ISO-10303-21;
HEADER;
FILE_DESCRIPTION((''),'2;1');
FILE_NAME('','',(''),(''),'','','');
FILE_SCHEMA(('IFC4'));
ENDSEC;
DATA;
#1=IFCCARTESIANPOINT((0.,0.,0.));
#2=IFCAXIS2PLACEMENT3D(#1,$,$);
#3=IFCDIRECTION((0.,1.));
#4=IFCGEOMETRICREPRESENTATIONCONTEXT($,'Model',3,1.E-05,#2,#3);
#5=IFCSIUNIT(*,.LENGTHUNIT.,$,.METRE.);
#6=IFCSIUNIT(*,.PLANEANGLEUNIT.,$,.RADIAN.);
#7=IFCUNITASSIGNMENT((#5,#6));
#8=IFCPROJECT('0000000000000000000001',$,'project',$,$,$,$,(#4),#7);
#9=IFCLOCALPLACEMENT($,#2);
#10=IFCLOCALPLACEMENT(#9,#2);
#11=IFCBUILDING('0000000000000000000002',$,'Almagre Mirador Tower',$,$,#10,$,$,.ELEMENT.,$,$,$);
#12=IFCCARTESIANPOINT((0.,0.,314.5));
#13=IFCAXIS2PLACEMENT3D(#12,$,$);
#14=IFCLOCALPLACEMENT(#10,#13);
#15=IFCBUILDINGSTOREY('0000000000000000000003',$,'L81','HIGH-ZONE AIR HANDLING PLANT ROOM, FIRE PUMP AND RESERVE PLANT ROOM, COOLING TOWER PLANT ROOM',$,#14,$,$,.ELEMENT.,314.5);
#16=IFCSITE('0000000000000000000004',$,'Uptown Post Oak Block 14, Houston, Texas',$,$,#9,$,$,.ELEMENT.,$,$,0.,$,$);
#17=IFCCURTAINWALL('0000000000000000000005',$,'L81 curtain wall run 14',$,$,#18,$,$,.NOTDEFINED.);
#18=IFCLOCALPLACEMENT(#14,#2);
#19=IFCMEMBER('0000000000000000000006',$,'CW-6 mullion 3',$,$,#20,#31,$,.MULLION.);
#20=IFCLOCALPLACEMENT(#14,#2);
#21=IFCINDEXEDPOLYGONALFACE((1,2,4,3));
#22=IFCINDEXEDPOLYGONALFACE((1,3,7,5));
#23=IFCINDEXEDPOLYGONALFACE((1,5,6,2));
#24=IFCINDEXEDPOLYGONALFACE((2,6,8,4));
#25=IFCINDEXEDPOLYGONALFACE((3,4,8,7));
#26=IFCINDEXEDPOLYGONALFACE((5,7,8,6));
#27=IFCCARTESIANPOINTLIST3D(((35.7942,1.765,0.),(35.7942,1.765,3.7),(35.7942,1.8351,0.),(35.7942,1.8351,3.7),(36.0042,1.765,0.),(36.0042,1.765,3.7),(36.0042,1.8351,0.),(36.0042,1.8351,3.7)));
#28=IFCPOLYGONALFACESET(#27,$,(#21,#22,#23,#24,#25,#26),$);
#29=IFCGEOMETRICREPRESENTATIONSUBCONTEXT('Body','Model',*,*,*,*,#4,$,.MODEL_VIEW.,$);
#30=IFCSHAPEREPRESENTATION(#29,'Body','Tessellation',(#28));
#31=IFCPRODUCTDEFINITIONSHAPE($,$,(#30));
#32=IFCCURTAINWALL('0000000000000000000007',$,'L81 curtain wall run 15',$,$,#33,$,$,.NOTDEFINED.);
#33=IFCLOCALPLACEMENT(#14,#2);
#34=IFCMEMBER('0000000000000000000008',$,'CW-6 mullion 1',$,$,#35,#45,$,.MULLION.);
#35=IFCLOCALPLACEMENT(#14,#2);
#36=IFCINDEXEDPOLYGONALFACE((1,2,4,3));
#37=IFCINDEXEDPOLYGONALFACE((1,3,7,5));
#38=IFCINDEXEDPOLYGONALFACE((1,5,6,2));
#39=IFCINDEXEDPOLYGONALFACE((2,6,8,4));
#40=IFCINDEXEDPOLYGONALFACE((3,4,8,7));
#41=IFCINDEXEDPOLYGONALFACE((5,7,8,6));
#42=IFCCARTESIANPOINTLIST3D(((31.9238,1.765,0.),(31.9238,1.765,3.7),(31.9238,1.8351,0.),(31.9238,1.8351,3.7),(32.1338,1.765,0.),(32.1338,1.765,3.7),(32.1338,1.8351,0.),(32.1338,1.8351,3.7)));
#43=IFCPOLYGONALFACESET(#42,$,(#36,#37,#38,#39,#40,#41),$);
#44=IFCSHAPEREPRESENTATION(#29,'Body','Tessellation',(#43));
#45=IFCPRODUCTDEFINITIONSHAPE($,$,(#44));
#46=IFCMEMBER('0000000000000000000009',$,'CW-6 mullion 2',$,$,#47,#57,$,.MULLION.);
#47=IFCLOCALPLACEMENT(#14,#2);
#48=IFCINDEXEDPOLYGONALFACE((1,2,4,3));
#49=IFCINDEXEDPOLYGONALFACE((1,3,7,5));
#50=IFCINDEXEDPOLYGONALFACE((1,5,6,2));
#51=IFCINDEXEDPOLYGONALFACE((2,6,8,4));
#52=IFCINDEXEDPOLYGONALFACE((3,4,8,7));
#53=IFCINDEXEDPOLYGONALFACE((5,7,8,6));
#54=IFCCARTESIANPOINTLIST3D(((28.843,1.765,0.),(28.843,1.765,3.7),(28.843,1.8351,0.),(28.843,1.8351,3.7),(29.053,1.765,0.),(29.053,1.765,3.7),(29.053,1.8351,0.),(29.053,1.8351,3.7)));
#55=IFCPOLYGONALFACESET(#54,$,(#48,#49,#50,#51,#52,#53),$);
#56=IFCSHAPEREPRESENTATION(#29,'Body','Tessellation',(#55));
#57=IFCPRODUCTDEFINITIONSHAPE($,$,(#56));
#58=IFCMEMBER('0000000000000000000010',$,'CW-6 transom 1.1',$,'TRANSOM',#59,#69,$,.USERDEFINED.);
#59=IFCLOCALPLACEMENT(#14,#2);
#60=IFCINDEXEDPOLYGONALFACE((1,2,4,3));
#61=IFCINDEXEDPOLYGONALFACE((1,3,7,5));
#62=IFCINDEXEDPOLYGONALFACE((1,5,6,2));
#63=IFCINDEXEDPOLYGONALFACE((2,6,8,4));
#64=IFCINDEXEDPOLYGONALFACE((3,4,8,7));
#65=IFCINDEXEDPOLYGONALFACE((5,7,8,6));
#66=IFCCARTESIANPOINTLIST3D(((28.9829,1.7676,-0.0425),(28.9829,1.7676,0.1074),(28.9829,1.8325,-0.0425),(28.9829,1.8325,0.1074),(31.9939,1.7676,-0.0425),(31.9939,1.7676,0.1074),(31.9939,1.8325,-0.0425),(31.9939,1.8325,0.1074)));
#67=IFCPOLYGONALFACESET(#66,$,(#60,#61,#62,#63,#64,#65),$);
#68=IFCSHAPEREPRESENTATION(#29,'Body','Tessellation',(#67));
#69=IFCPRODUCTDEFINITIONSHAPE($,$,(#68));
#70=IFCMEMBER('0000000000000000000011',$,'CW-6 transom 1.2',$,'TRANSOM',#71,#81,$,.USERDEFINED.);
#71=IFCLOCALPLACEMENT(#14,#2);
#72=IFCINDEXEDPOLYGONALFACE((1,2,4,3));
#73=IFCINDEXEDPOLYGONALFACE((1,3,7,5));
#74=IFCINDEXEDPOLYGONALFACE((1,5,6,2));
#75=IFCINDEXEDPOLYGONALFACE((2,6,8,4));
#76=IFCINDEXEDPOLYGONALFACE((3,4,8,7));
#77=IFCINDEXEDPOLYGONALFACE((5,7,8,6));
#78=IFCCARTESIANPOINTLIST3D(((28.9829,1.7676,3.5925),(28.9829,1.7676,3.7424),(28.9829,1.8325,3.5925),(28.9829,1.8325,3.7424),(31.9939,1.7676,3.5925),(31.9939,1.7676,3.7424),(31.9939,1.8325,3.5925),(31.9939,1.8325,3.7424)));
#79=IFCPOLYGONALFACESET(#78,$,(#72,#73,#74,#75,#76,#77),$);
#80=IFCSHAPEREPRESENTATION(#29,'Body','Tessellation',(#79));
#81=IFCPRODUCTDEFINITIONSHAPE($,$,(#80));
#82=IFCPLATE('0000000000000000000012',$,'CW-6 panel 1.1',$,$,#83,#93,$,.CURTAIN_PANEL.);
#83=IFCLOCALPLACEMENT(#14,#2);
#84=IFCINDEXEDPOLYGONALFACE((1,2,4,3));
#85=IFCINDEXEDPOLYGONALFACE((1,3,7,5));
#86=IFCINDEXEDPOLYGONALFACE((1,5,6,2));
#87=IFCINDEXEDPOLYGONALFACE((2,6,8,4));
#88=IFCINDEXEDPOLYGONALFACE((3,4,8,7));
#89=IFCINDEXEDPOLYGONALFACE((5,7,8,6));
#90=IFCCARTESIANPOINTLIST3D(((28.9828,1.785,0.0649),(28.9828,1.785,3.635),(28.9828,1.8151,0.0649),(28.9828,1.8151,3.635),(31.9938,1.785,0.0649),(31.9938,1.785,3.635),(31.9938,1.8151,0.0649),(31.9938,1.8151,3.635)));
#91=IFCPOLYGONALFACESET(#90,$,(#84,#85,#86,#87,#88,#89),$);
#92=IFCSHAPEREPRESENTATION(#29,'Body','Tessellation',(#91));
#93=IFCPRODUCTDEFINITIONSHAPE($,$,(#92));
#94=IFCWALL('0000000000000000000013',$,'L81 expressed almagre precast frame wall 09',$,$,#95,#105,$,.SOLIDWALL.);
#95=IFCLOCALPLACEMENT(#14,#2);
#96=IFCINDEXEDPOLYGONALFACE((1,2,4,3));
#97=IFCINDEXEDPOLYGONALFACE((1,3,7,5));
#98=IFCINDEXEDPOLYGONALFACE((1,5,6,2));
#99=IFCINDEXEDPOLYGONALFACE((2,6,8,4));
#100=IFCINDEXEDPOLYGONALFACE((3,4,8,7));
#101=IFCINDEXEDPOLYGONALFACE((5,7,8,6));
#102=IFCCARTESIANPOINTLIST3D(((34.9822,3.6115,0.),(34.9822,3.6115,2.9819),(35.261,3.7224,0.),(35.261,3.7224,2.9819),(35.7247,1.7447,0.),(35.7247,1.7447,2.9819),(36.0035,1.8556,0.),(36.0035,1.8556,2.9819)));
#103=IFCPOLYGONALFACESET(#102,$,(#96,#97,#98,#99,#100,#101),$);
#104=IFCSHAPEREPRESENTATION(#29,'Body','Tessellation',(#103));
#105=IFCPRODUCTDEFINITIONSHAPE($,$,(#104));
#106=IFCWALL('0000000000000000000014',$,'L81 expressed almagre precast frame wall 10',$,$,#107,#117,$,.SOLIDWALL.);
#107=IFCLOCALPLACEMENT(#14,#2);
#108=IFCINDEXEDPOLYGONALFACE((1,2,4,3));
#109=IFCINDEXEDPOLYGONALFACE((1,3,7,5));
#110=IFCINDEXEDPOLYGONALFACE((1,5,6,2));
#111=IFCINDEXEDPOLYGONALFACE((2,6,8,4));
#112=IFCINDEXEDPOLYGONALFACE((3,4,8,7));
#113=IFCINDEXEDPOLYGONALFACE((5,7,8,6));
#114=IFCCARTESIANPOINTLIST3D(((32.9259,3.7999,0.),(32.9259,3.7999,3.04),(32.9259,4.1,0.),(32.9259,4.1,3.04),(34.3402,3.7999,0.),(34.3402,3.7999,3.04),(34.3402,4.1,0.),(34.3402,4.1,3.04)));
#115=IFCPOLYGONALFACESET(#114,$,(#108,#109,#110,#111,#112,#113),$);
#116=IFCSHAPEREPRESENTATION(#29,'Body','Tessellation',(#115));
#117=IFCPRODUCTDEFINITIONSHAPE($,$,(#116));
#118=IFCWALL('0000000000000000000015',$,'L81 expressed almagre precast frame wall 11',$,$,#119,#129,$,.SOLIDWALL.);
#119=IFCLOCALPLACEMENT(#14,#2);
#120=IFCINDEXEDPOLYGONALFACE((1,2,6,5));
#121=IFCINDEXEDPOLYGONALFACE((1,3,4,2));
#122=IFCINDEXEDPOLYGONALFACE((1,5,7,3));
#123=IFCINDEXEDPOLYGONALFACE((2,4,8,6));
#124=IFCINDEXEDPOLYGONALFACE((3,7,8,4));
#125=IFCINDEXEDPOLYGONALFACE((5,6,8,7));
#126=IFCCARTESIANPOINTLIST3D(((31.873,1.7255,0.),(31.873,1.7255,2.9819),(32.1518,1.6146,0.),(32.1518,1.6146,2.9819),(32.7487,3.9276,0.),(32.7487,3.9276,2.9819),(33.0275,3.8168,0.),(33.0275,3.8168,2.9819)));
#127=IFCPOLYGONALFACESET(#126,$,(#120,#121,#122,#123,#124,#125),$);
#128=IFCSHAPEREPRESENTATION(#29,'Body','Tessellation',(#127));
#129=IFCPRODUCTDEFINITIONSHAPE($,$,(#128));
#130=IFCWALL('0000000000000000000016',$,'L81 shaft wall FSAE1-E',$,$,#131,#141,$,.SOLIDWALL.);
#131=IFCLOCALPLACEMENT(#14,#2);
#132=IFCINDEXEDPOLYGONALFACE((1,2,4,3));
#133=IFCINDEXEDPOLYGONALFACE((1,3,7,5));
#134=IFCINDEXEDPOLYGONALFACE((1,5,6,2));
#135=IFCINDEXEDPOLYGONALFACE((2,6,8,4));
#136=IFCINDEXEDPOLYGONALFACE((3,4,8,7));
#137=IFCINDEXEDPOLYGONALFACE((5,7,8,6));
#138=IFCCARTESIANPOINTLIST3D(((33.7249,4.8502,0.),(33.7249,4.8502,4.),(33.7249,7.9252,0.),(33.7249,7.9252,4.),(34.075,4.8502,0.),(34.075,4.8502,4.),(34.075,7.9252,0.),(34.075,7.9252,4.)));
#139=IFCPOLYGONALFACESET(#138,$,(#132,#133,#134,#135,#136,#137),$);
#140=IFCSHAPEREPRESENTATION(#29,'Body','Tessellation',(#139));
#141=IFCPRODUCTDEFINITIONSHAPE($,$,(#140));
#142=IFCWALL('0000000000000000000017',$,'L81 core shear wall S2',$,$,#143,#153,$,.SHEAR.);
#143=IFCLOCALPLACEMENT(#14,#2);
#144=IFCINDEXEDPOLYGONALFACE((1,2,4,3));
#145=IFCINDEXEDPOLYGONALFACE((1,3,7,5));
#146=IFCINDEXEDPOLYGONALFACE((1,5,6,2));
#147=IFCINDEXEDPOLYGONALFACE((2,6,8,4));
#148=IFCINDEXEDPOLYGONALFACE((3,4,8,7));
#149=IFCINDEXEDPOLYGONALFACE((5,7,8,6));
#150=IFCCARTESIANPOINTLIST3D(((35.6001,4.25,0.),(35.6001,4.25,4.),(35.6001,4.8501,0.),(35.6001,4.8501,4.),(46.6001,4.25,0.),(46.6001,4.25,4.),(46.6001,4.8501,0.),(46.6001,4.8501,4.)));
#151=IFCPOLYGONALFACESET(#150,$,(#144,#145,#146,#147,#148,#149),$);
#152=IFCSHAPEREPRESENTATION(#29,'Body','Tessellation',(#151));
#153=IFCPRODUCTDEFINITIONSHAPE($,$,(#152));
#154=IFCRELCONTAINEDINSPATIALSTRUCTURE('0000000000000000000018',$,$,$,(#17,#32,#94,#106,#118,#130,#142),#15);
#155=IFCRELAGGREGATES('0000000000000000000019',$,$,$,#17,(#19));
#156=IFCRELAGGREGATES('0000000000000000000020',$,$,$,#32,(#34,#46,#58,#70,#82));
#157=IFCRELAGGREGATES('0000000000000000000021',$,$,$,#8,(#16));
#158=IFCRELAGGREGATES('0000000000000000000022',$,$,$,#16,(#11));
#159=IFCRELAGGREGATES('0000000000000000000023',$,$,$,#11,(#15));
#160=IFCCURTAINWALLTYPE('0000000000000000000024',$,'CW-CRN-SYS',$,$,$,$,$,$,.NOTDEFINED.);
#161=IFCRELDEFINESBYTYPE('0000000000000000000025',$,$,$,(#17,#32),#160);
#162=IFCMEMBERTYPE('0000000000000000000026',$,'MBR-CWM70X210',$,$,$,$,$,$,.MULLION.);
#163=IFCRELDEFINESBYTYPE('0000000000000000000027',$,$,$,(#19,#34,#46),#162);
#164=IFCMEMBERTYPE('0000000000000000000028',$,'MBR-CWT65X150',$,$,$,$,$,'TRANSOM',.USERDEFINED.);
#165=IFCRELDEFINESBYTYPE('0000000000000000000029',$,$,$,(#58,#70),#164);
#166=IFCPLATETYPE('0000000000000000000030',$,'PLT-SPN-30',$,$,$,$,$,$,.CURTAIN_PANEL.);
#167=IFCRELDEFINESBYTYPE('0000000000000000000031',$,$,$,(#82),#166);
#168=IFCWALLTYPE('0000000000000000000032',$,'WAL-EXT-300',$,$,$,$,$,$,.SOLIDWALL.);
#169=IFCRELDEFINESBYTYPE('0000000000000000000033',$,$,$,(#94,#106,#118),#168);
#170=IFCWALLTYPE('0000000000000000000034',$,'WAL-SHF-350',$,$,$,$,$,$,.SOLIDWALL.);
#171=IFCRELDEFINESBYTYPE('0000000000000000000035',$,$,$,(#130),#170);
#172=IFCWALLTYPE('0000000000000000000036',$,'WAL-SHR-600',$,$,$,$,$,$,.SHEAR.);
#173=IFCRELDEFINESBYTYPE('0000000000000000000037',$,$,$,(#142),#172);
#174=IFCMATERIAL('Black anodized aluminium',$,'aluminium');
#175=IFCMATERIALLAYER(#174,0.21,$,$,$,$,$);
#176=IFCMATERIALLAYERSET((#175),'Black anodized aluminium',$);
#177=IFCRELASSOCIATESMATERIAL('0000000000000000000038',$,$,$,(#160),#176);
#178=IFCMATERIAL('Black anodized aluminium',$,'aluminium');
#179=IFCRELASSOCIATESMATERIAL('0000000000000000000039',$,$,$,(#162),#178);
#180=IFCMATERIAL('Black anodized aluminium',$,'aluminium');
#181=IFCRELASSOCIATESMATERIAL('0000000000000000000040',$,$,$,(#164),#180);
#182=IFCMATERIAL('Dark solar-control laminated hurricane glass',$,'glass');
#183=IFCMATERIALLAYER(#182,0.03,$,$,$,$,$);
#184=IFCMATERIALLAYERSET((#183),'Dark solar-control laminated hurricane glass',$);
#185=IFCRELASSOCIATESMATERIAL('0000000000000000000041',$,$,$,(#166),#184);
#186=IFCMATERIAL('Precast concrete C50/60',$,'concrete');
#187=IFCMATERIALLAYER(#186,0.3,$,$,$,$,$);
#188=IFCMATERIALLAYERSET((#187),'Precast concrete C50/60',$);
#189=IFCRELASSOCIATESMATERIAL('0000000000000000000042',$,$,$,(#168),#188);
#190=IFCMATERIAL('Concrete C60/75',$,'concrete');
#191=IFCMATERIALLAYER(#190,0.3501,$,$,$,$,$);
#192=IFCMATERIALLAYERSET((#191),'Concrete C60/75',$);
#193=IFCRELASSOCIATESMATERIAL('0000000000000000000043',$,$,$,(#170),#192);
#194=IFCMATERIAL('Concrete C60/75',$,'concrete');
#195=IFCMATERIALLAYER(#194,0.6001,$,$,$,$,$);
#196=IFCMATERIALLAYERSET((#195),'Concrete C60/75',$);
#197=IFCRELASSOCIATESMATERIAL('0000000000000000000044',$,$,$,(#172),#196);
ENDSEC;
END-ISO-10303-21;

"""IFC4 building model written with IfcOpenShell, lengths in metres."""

from ifc_helpers import new_model, si_unit, direction, frame, frame_2d, origin, origin_2d, place, context, subcontext, project, spatial, rectangle, extrude, material, layer, layer_set, material_profile, profile_set, type_object, element, aggregate, save


model = new_model("IFC4")

# Units and contexts
model_context = context("Model", 3, precision=1e-05, world=origin(), true_north=direction((0.0, 1.0)))
body_context = subcontext(model_context, "Body", "Model", "MODEL_VIEW")
ifc_project = project(units=[si_unit("LENGTHUNIT", "METRE"), si_unit("PLANEANGLEUNIT", "RADIAN")], contexts=[model_context])

# Site, building, storey
site_placement = place(None, origin())
site = spatial("IfcSite", under=ifc_project, at=site_placement, Name="Uptown Post Oak Block 14, Houston, Texas", CompositionType="ELEMENT", RefElevation=0.0)
building_placement = place(site_placement, origin())
building = spatial("IfcBuilding", under=site, at=building_placement, Name="Almagre Mirador Tower", CompositionType="ELEMENT")
storey_placement = place(building_placement, frame((0.0, 0.0, 314.5)))
storey = spatial("IfcBuildingStorey", under=building, at=storey_placement, Name="L81", Description="HIGH-ZONE AIR HANDLING PLANT ROOM, FIRE PUMP AND RESERVE PLANT ROOM, COOLING TOWER PLANT ROOM", CompositionType="ELEMENT", Elevation=314.5)

# Curtain wall, member
ifc_material_1 = material(Name="Black anodized aluminium", Category="aluminium")
ifc_layer_1 = layer(ifc_material_1, 0.21)
ifc_layer_set_1 = layer_set([ifc_layer_1], Name="Black anodized aluminium")
curtain_wall_type = type_object("IfcCurtainWallType", Name="CW-CRN-SYS", PredefinedType="NOTDEFINED", material=ifc_layer_set_1)
curtain_wall_1_placement = place(storey_placement, origin())
curtain_wall_1 = element("IfcCurtainWall", 1, at=curtain_wall_1_placement, inside=storey, type_object=curtain_wall_type, Name="L81 curtain wall run 14", PredefinedType="NOTDEFINED")
ifc_material_2 = material(Name="Black anodized aluminium", Category="aluminium")
ifc_material_profile_1 = material_profile(ifc_material_2, rectangle(XDim=0.0701, YDim=0.21, at=origin_2d()), Name="CWM70X210")
ifc_profile_set_1 = profile_set([ifc_material_profile_1], Name="Black anodized aluminium")
member_type_1 = type_object("IfcMemberType", Name="MBR-CWM70X210", PredefinedType="MULLION", material=ifc_profile_set_1)
member_1_placement = place(storey_placement, frame((35.8992, 1.8, 0.0), z_axis=(0.0, 0.0, 1.0), x_axis=(0.0, -1.0, 0.0)))
member_1 = element("IfcMember", 2, at=member_1_placement, type_object=member_type_1, Name="CW-6 mullion 3", PredefinedType="MULLION", context=body_context, shape_type="SweptSolid", body=[
    extrude(rectangle(XDim=0.0701, YDim=0.21, at=origin_2d()), origin(), (0.0, 0.0, 1.0), 3.7),
])
aggregate(curtain_wall_1, [member_1])

# Curtain wall, members, plate
curtain_wall_2_placement = place(storey_placement, origin())
curtain_wall_2 = element("IfcCurtainWall", 3, at=curtain_wall_2_placement, inside=storey, type_object=curtain_wall_type, Name="L81 curtain wall run 15", PredefinedType="NOTDEFINED")
member_2_placement = place(storey_placement, frame((32.0288, 1.8, 0.0), z_axis=(0.0, 0.0, 1.0), x_axis=(0.0, -1.0, 0.0)))
member_2 = element("IfcMember", 4, at=member_2_placement, type_object=member_type_1, Name="CW-6 mullion 1", PredefinedType="MULLION", context=body_context, shape_type="SweptSolid", body=[
    extrude(rectangle(XDim=0.0701, YDim=0.21, at=origin_2d()), origin(), (0.0, 0.0, 1.0), 3.7),
])
member_3_placement = place(storey_placement, frame((28.948, 1.8, 0.0), z_axis=(0.0, 0.0, 1.0), x_axis=(0.0, -1.0, 0.0)))
member_3 = element("IfcMember", 5, at=member_3_placement, type_object=member_type_1, Name="CW-6 mullion 2", PredefinedType="MULLION", context=body_context, shape_type="SweptSolid", body=[
    extrude(rectangle(XDim=0.0701, YDim=0.21, at=origin_2d()), origin(), (0.0, 0.0, 1.0), 3.7),
])
ifc_material_3 = material(Name="Black anodized aluminium", Category="aluminium")
ifc_material_profile_2 = material_profile(ifc_material_3, rectangle(XDim=0.0649, YDim=0.1499, at=origin_2d()), Name="CWT65X150")
ifc_profile_set_2 = profile_set([ifc_material_profile_2], Name="Black anodized aluminium")
member_type_2 = type_object("IfcMemberType", Name="MBR-CWT65X150", ElementType="TRANSOM", PredefinedType="USERDEFINED", material=ifc_profile_set_2)
member_4_placement = place(storey_placement, frame((31.9939, 1.8, 0.0325), z_axis=(-1.0, 0.0, 0.0), x_axis=(0.0, -1.0, 0.0)))
member_4 = element("IfcMember", 6, at=member_4_placement, type_object=member_type_2, Name="CW-6 transom 1.1", ObjectType="TRANSOM", PredefinedType="USERDEFINED", context=body_context, shape_type="SweptSolid", body=[
    extrude(rectangle(XDim=0.0649, YDim=0.1499, at=origin_2d()), origin(), (0.0, 0.0, 1.0), 3.011),
])
member_5_placement = place(storey_placement, frame((31.9939, 1.8, 3.6675), z_axis=(-1.0, 0.0, 0.0), x_axis=(0.0, -1.0, 0.0)))
member_5 = element("IfcMember", 7, at=member_5_placement, type_object=member_type_2, Name="CW-6 transom 1.2", ObjectType="TRANSOM", PredefinedType="USERDEFINED", context=body_context, shape_type="SweptSolid", body=[
    extrude(rectangle(XDim=0.0649, YDim=0.1499, at=origin_2d()), origin(), (0.0, 0.0, 1.0), 3.011),
])
ifc_material_4 = material(Name="Dark solar-control laminated hurricane glass", Category="glass")
ifc_layer_2 = layer(ifc_material_4, 0.03)
ifc_layer_set_2 = layer_set([ifc_layer_2], Name="Dark solar-control laminated hurricane glass")
plate_type = type_object("IfcPlateType", Name="PLT-SPN-30", PredefinedType="CURTAIN_PANEL", material=ifc_layer_set_2)
plate_placement = place(storey_placement, frame((30.4883, 1.8, 0.0649), z_axis=(0.0, 0.0, 1.0), x_axis=(-1.0, 0.0, 0.0)))
plate = element("IfcPlate", 8, at=plate_placement, type_object=plate_type, Name="CW-6 panel 1.1", PredefinedType="CURTAIN_PANEL", context=body_context, shape_type="SweptSolid", body=[
    extrude(rectangle(XDim=3.011, YDim=0.03, at=origin_2d()), origin(), (0.0, 0.0, 1.0), 3.5701),
])
aggregate(curtain_wall_2, [member_2, member_3, member_4, member_5, plate])

# Walls
ifc_material_5 = material(Name="Precast concrete C50/60", Category="concrete")
ifc_layer_3 = layer(ifc_material_5, 0.3)
ifc_layer_set_3 = layer_set([ifc_layer_3], Name="Precast concrete C50/60")
wall_type_1 = type_object("IfcWallType", Name="WAL-EXT-300", PredefinedType="SOLIDWALL", material=ifc_layer_set_3)
wall_1_placement = place(storey_placement, frame((35.864, 1.8003, 0.0), z_axis=(0.0, 0.0, 1.0), x_axis=(-0.369567, 0.929204, 0.0)))
element("IfcWall", 9, at=wall_1_placement, inside=storey, type_object=wall_type_1, Name="L81 expressed almagre precast frame wall 09", PredefinedType="SOLIDWALL", context=body_context, shape_type="SweptSolid", body=[
    extrude(rectangle(XDim=2.009, YDim=0.3, at=frame_2d((1.0044, 0.0))), origin(), (0.0, 0.0, 1.0), 2.9819),
])
wall_2_placement = place(storey_placement, frame((34.3401, 3.95, 0.0), z_axis=(0.0, 0.0, 1.0), x_axis=(-1.0, 0.0, 0.0)))
element("IfcWall", 10, at=wall_2_placement, inside=storey, type_object=wall_type_1, Name="L81 expressed almagre precast frame wall 10", PredefinedType="SOLIDWALL", context=body_context, shape_type="SweptSolid", body=[
    extrude(rectangle(XDim=1.4143, YDim=0.3, at=frame_2d((0.707, 0.0))), origin(), (0.0, 0.0, 1.0), 3.04),
])
wall_3_placement = place(storey_placement, frame((32.8882, 3.8723, 0.0), z_axis=(0.0, 0.0, 1.0), x_axis=(-0.369525, -0.929221, 0.0)))
element("IfcWall", 11, at=wall_3_placement, inside=storey, type_object=wall_type_1, Name="L81 expressed almagre precast frame wall 11", PredefinedType="SOLIDWALL", context=body_context, shape_type="SweptSolid", body=[
    extrude(rectangle(XDim=2.3699, YDim=0.3, at=frame_2d((1.1851, 0.0))), origin(), (0.0, 0.0, 1.0), 2.9819),
])
ifc_material_6 = material(Name="Concrete C60/75", Category="concrete")
ifc_layer_4 = layer(ifc_material_6, 0.3501)
ifc_layer_set_4 = layer_set([ifc_layer_4], Name="Concrete C60/75")
wall_type_2 = type_object("IfcWallType", Name="WAL-SHF-350", PredefinedType="SOLIDWALL", material=ifc_layer_set_4)
wall_4_placement = place(storey_placement, frame((33.8999, 4.8501, 0.0), z_axis=(0.0, 0.0, 1.0), x_axis=(0.0, 1.0, 0.0)))
element("IfcWall", 12, at=wall_4_placement, inside=storey, type_object=wall_type_2, Name="L81 shaft wall FSAE1-E", PredefinedType="SOLIDWALL", context=body_context, shape_type="SweptSolid", body=[
    extrude(rectangle(XDim=3.075, YDim=0.3501, at=frame_2d((1.5376, 0.0))), origin(), (0.0, 0.0, 1.0), 4.0),
])
ifc_material_7 = material(Name="Concrete C60/75", Category="concrete")
ifc_layer_5 = layer(ifc_material_7, 0.6001)
ifc_layer_set_5 = layer_set([ifc_layer_5], Name="Concrete C60/75")
wall_type_3 = type_object("IfcWallType", Name="WAL-SHR-600", PredefinedType="SHEAR", material=ifc_layer_set_5)
wall_5_placement = place(storey_placement, frame((35.6001, 4.55, 0.0), z_axis=(0.0, 0.0, 1.0), x_axis=(1.0, 0.0, 0.0)))
element("IfcWall", 13, at=wall_5_placement, inside=storey, type_object=wall_type_3, Name="L81 core shear wall S2", PredefinedType="SHEAR", context=body_context, shape_type="SweptSolid", body=[
    extrude(rectangle(XDim=11.0, YDim=0.6001, at=frame_2d((5.5, 0.0))), origin(), (0.0, 0.0, 1.0), 4.0),
])

save(model, "model.ifc")
